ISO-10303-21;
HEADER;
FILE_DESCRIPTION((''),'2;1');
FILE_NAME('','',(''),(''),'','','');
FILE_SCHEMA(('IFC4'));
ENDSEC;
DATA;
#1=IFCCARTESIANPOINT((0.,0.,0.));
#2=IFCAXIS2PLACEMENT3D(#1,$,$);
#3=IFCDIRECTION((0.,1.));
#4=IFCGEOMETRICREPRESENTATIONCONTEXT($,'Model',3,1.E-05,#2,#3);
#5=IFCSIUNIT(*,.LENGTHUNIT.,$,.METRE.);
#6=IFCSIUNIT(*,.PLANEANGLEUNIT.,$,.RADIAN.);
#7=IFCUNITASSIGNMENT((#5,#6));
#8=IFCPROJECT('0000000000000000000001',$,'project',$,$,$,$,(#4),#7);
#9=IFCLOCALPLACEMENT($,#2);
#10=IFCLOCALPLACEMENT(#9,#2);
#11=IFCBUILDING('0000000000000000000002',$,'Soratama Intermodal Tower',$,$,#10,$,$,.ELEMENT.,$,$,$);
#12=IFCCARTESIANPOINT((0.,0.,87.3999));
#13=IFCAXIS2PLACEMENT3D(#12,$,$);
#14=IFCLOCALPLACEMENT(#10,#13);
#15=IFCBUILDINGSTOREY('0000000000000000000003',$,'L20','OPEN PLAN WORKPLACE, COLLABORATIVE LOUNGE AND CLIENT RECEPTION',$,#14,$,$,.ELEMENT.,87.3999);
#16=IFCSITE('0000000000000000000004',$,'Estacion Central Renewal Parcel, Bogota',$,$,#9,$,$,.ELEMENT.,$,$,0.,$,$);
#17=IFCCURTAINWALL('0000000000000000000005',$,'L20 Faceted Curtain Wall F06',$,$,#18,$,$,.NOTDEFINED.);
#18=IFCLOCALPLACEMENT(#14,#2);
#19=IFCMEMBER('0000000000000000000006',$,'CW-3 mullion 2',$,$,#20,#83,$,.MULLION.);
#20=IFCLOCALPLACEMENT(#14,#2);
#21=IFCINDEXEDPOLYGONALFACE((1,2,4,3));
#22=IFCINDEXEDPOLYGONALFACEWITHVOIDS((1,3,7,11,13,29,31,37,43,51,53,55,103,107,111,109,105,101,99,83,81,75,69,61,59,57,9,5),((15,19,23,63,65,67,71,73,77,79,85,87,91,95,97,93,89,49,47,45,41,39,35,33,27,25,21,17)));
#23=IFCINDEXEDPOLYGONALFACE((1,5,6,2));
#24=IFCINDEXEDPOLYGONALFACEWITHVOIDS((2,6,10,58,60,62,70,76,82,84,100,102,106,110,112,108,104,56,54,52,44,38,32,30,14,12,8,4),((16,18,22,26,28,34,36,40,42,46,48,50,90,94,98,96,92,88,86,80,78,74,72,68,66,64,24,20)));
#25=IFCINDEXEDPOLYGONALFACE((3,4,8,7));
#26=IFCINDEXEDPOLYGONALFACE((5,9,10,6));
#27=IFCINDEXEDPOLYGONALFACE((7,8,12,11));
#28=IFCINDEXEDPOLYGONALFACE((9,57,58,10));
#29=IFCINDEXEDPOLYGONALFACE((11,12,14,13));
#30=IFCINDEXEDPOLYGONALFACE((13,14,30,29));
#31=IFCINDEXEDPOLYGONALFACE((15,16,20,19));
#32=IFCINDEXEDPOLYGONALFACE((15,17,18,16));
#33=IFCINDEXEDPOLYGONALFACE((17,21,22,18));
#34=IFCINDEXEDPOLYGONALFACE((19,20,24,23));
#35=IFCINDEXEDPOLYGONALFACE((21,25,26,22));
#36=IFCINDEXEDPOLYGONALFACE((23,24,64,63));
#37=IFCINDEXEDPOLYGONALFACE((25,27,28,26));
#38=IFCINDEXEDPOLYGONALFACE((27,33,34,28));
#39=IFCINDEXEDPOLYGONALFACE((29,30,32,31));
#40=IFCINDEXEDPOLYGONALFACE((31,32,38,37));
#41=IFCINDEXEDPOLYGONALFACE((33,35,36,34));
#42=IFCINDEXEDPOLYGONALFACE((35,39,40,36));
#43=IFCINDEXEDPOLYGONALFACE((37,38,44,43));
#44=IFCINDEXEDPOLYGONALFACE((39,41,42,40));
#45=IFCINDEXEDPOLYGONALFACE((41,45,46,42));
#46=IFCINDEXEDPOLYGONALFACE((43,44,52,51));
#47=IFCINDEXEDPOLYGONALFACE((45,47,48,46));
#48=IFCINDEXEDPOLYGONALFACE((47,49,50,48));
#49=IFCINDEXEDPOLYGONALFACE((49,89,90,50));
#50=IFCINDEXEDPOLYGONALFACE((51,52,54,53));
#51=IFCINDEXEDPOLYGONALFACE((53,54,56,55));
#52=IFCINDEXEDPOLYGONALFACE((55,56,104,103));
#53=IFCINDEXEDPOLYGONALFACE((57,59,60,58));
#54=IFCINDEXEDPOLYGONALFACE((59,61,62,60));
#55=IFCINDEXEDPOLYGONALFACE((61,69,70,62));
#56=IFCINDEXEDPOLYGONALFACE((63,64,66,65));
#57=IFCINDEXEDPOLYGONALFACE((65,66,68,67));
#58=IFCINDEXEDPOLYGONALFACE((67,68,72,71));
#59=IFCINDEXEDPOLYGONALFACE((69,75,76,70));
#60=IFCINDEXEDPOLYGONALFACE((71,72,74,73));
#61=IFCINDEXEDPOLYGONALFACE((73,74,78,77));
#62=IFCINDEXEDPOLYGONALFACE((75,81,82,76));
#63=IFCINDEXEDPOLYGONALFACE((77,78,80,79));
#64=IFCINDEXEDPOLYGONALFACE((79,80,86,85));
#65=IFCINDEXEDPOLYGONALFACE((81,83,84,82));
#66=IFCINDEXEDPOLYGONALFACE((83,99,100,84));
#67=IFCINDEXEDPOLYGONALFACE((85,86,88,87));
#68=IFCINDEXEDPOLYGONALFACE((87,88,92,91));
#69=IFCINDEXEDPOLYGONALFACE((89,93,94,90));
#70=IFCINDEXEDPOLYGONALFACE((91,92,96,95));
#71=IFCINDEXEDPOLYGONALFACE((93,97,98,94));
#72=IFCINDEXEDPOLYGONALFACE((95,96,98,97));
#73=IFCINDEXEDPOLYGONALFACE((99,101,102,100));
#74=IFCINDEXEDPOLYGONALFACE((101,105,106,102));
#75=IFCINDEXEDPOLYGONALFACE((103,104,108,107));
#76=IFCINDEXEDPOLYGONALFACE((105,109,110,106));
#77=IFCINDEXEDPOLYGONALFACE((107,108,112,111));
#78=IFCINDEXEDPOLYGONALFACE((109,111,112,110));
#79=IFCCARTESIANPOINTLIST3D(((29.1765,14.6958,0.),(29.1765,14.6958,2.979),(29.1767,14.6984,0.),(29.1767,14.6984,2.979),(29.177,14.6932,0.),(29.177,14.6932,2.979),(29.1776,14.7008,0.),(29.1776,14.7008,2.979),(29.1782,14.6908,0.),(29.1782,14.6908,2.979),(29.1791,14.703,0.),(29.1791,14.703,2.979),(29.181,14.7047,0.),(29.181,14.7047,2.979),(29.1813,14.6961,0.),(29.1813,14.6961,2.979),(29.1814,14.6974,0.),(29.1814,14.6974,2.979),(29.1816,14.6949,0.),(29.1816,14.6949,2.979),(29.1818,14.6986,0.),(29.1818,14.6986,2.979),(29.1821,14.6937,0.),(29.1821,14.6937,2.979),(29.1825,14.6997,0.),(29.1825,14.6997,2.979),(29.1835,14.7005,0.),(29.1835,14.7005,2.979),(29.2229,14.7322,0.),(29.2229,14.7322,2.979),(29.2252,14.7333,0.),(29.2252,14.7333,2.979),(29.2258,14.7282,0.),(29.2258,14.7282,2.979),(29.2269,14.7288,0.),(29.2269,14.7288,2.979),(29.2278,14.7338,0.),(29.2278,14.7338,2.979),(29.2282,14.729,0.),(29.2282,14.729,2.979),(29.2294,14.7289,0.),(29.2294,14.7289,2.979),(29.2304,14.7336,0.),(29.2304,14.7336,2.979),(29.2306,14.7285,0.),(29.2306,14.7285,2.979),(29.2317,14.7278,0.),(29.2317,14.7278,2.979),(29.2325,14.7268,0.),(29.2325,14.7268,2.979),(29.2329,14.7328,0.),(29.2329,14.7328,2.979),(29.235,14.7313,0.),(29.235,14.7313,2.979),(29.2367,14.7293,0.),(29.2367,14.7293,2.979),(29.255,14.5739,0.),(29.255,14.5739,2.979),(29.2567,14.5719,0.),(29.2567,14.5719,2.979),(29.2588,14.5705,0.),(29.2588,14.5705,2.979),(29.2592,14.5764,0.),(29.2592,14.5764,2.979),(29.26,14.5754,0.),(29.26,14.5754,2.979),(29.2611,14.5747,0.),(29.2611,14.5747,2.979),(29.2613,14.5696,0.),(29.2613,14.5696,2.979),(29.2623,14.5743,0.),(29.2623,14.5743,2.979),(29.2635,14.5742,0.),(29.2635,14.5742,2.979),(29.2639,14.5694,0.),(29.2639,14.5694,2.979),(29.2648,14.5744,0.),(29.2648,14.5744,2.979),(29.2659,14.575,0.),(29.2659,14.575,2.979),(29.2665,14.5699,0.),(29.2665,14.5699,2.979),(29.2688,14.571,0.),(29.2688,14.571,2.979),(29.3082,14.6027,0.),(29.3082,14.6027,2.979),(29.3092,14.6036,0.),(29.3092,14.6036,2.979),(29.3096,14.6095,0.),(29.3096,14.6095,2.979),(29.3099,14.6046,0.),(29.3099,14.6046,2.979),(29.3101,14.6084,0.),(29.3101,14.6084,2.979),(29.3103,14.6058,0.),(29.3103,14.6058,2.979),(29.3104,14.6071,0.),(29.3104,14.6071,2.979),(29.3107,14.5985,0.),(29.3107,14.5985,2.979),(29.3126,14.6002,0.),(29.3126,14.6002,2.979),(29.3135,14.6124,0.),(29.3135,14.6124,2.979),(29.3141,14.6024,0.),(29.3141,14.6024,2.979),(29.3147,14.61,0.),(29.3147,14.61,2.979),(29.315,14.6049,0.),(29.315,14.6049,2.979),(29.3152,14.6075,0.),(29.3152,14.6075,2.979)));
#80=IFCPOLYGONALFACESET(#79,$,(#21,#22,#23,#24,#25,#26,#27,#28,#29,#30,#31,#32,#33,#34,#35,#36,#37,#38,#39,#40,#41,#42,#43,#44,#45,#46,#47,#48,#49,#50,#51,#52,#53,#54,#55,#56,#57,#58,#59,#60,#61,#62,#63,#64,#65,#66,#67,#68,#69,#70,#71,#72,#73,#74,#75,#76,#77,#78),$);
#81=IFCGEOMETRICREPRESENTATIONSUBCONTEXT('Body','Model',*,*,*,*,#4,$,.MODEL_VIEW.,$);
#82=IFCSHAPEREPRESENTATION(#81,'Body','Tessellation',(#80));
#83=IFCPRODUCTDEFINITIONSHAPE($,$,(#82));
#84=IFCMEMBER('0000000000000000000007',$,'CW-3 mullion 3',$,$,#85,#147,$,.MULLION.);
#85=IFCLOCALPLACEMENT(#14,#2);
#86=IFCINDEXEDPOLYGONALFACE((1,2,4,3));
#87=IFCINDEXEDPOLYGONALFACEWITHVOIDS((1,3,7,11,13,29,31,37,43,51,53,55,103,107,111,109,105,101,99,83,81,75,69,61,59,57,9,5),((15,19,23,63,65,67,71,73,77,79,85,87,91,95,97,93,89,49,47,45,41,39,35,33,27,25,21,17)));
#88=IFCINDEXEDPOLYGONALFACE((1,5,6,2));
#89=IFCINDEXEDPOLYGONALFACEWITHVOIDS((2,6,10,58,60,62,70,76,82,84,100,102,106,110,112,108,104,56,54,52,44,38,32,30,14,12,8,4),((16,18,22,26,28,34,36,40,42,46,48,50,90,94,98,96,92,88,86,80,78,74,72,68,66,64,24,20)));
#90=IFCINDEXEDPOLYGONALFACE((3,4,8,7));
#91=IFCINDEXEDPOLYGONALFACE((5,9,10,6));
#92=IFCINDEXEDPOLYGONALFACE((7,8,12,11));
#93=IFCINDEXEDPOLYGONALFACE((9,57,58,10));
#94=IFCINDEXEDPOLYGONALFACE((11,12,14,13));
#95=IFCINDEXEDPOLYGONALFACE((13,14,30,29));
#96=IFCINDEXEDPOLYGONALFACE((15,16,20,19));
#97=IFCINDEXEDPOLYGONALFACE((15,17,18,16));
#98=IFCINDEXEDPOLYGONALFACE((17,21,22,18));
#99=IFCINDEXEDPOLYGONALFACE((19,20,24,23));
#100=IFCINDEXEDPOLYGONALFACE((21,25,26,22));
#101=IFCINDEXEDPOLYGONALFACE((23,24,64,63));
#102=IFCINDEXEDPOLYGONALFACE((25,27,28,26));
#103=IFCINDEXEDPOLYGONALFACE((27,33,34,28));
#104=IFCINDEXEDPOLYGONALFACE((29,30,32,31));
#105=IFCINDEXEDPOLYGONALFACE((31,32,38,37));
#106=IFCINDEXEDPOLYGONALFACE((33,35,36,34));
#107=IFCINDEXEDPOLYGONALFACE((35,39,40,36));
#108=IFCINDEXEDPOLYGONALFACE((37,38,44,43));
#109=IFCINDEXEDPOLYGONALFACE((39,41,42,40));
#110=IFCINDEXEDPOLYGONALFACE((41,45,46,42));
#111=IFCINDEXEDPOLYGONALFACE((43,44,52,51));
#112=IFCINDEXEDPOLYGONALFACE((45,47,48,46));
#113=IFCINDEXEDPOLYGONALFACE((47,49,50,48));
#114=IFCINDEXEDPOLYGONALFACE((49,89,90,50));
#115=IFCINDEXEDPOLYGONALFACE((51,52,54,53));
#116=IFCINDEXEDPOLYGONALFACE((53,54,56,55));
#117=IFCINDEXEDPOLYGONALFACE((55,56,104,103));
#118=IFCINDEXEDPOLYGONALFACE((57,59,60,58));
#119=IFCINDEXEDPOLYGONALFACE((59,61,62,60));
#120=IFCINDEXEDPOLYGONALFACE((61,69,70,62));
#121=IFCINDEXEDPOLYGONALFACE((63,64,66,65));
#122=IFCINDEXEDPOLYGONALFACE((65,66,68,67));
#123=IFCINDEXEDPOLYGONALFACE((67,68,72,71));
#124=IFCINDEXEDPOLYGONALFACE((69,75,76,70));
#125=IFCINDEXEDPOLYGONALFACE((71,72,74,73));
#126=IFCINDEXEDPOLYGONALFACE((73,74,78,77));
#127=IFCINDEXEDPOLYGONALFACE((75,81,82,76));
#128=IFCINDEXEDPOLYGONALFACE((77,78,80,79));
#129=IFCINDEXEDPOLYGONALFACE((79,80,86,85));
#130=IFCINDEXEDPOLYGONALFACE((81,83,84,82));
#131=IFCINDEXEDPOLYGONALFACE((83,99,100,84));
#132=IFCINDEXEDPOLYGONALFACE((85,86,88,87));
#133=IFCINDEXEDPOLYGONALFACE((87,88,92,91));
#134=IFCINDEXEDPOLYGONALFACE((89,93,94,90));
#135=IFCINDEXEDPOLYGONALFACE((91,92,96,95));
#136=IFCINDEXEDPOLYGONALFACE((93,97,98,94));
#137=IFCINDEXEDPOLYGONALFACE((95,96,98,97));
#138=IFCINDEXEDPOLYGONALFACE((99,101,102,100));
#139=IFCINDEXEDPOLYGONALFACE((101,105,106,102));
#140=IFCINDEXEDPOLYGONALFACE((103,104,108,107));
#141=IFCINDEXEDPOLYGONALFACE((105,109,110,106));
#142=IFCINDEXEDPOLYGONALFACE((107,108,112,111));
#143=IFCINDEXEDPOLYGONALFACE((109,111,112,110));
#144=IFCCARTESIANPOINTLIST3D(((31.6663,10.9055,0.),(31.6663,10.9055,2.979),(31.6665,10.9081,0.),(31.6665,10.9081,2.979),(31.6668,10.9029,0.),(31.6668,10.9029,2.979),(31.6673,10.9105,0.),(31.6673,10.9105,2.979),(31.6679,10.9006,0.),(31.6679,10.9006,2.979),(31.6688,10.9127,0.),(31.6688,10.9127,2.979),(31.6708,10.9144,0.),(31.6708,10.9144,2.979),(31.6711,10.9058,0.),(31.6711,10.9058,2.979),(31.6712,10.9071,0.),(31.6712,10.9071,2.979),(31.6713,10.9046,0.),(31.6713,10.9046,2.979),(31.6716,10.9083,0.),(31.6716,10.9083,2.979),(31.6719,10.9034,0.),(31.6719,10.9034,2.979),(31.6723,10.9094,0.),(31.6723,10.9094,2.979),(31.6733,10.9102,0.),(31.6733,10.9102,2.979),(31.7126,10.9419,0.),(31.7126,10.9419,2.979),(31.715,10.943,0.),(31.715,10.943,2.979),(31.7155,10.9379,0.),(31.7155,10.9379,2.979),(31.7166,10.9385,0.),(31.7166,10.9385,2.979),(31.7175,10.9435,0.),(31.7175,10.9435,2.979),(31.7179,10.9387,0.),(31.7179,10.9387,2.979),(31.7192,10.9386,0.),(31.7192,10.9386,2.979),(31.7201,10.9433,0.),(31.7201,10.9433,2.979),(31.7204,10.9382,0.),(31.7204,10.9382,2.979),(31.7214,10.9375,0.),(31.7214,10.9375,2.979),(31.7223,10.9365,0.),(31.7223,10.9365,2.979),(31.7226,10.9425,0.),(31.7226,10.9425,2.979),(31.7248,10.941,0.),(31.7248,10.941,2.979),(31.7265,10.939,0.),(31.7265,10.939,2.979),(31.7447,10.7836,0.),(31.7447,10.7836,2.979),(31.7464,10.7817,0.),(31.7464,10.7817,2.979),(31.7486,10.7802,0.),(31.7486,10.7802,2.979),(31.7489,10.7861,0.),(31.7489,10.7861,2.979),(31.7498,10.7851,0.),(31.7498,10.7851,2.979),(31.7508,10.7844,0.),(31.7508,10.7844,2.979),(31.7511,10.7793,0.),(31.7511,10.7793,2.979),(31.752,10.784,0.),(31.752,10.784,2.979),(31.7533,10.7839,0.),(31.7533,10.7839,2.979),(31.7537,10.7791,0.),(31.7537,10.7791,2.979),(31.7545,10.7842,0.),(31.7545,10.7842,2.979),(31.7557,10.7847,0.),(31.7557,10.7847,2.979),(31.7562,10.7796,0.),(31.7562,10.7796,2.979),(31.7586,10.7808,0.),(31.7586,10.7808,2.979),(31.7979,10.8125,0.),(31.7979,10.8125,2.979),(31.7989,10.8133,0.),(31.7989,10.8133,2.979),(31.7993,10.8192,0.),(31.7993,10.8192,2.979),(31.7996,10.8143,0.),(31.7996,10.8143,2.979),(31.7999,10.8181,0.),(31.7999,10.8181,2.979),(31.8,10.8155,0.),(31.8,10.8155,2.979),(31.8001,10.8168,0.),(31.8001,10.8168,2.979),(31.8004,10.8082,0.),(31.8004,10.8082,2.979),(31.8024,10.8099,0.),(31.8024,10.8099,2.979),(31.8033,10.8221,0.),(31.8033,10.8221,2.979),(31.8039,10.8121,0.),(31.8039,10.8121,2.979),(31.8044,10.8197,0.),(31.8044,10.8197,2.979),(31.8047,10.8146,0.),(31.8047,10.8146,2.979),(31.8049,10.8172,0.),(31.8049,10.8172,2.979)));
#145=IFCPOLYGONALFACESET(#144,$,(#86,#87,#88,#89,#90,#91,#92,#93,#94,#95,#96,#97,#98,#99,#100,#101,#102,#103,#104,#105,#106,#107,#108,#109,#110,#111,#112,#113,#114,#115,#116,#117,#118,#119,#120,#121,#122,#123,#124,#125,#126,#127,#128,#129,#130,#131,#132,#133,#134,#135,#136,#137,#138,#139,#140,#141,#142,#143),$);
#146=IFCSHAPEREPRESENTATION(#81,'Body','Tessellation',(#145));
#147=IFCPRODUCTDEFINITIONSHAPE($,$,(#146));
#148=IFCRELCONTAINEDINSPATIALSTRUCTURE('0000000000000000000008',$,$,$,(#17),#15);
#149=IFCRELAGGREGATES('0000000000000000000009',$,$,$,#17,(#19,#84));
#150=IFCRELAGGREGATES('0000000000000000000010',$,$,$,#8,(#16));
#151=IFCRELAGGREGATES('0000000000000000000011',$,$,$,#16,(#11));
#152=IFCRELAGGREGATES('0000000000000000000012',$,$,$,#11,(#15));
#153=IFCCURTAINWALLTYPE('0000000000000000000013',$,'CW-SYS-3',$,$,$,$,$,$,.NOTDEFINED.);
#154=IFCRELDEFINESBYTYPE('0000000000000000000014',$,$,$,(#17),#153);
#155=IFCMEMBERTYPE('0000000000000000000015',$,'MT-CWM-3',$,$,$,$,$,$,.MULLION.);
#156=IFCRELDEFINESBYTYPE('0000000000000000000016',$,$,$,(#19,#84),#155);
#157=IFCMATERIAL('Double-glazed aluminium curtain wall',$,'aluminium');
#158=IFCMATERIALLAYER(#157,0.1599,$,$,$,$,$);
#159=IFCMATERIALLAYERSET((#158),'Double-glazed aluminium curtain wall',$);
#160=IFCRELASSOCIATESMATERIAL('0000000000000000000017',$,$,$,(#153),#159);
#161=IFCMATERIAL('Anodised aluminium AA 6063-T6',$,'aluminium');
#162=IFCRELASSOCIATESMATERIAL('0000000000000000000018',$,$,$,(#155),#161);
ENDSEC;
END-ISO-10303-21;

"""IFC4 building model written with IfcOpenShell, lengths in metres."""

from ifc_helpers import new_model, si_unit, direction, frame, origin, origin_2d, place, context, subcontext, project, spatial, hollow_rectangle, extrude, material, layer, layer_set, material_profile, profile_set, type_object, element, aggregate, save


model = new_model("IFC4")

# Units and contexts
model_context = context("Model", 3, precision=1e-05, world=origin(), true_north=direction((0.0, 1.0)))
body_context = subcontext(model_context, "Body", "Model", "MODEL_VIEW")
ifc_project = project(units=[si_unit("LENGTHUNIT", "METRE"), si_unit("PLANEANGLEUNIT", "RADIAN")], contexts=[model_context])

# Site, building, storey
site_placement = place(None, origin())
site = spatial("IfcSite", under=ifc_project, at=site_placement, Name="Estacion Central Renewal Parcel, Bogota", CompositionType="ELEMENT", RefElevation=0.0)
building_placement = place(site_placement, origin())
building = spatial("IfcBuilding", under=site, at=building_placement, Name="Soratama Intermodal Tower", CompositionType="ELEMENT")
storey_placement = place(building_placement, frame((0.0, 0.0, 87.3999)))
storey = spatial("IfcBuildingStorey", under=building, at=storey_placement, Name="L20", Description="OPEN PLAN WORKPLACE, COLLABORATIVE LOUNGE AND CLIENT RECEPTION", CompositionType="ELEMENT", Elevation=87.3999)

# Curtain wall, members
ifc_material_1 = material(Name="Double-glazed aluminium curtain wall", Category="aluminium")
ifc_layer_1 = layer(ifc_material_1, 0.1599)
ifc_layer_set_1 = layer_set([ifc_layer_1], Name="Double-glazed aluminium curtain wall")
curtain_wall_type = type_object("IfcCurtainWallType", Name="CW-SYS-3", PredefinedType="NOTDEFINED", material=ifc_layer_set_1)
curtain_wall_placement = place(storey_placement, origin())
curtain_wall = element("IfcCurtainWall", 1, at=curtain_wall_placement, inside=storey, type_object=curtain_wall_type, Name="L20 Faceted Curtain Wall F06", PredefinedType="NOTDEFINED")
ifc_material_2 = material(Name="Anodised aluminium AA 6063-T6", Category="aluminium")
ifc_material_profile_1 = material_profile(ifc_material_2, hollow_rectangle(XDim=0.0701, YDim=0.1599, WallThickness=0.0049, InnerFilletRadius=0.0049, OuterFilletRadius=0.01, at=origin_2d()), Name="CWM160X70X5")
ifc_profile_set_1 = profile_set([ifc_material_profile_1], Name="Anodised aluminium AA 6063-T6")
member_type_1 = type_object("IfcMemberType", Name="MT-CWM-3", PredefinedType="MULLION", material=ifc_profile_set_1)
member_1_placement = place(storey_placement, frame((29.2458, 14.6516, 0.0), z_axis=(0.0, 0.0, 1.0), x_axis=(0.835807, 0.549023, 0.0)))
member_1 = element("IfcMember", 2, at=member_1_placement, type_object=member_type_1, Name="CW-3 mullion 2", PredefinedType="MULLION", context=body_context, shape_type="SweptSolid", body=[
    extrude(hollow_rectangle(XDim=0.0701, YDim=0.1599, WallThickness=0.0049, InnerFilletRadius=0.0049, OuterFilletRadius=0.01, at=origin_2d()), origin(), (0.0, 0.0, 1.0), 2.979),
])
member_2_placement = place(storey_placement, frame((31.7356, 10.8613, 0.0), z_axis=(0.0, 0.0, 1.0), x_axis=(0.835807, 0.549023, 0.0)))
member_2 = element("IfcMember", 3, at=member_2_placement, type_object=member_type_1, Name="CW-3 mullion 3", PredefinedType="MULLION", context=body_context, shape_type="SweptSolid", body=[
    extrude(hollow_rectangle(XDim=0.0701, YDim=0.1599, WallThickness=0.0049, InnerFilletRadius=0.0049, OuterFilletRadius=0.01, at=origin_2d()), origin(), (0.0, 0.0, 1.0), 2.979),
])
aggregate(curtain_wall, [member_1, member_2])

save(model, "model.ifc")
